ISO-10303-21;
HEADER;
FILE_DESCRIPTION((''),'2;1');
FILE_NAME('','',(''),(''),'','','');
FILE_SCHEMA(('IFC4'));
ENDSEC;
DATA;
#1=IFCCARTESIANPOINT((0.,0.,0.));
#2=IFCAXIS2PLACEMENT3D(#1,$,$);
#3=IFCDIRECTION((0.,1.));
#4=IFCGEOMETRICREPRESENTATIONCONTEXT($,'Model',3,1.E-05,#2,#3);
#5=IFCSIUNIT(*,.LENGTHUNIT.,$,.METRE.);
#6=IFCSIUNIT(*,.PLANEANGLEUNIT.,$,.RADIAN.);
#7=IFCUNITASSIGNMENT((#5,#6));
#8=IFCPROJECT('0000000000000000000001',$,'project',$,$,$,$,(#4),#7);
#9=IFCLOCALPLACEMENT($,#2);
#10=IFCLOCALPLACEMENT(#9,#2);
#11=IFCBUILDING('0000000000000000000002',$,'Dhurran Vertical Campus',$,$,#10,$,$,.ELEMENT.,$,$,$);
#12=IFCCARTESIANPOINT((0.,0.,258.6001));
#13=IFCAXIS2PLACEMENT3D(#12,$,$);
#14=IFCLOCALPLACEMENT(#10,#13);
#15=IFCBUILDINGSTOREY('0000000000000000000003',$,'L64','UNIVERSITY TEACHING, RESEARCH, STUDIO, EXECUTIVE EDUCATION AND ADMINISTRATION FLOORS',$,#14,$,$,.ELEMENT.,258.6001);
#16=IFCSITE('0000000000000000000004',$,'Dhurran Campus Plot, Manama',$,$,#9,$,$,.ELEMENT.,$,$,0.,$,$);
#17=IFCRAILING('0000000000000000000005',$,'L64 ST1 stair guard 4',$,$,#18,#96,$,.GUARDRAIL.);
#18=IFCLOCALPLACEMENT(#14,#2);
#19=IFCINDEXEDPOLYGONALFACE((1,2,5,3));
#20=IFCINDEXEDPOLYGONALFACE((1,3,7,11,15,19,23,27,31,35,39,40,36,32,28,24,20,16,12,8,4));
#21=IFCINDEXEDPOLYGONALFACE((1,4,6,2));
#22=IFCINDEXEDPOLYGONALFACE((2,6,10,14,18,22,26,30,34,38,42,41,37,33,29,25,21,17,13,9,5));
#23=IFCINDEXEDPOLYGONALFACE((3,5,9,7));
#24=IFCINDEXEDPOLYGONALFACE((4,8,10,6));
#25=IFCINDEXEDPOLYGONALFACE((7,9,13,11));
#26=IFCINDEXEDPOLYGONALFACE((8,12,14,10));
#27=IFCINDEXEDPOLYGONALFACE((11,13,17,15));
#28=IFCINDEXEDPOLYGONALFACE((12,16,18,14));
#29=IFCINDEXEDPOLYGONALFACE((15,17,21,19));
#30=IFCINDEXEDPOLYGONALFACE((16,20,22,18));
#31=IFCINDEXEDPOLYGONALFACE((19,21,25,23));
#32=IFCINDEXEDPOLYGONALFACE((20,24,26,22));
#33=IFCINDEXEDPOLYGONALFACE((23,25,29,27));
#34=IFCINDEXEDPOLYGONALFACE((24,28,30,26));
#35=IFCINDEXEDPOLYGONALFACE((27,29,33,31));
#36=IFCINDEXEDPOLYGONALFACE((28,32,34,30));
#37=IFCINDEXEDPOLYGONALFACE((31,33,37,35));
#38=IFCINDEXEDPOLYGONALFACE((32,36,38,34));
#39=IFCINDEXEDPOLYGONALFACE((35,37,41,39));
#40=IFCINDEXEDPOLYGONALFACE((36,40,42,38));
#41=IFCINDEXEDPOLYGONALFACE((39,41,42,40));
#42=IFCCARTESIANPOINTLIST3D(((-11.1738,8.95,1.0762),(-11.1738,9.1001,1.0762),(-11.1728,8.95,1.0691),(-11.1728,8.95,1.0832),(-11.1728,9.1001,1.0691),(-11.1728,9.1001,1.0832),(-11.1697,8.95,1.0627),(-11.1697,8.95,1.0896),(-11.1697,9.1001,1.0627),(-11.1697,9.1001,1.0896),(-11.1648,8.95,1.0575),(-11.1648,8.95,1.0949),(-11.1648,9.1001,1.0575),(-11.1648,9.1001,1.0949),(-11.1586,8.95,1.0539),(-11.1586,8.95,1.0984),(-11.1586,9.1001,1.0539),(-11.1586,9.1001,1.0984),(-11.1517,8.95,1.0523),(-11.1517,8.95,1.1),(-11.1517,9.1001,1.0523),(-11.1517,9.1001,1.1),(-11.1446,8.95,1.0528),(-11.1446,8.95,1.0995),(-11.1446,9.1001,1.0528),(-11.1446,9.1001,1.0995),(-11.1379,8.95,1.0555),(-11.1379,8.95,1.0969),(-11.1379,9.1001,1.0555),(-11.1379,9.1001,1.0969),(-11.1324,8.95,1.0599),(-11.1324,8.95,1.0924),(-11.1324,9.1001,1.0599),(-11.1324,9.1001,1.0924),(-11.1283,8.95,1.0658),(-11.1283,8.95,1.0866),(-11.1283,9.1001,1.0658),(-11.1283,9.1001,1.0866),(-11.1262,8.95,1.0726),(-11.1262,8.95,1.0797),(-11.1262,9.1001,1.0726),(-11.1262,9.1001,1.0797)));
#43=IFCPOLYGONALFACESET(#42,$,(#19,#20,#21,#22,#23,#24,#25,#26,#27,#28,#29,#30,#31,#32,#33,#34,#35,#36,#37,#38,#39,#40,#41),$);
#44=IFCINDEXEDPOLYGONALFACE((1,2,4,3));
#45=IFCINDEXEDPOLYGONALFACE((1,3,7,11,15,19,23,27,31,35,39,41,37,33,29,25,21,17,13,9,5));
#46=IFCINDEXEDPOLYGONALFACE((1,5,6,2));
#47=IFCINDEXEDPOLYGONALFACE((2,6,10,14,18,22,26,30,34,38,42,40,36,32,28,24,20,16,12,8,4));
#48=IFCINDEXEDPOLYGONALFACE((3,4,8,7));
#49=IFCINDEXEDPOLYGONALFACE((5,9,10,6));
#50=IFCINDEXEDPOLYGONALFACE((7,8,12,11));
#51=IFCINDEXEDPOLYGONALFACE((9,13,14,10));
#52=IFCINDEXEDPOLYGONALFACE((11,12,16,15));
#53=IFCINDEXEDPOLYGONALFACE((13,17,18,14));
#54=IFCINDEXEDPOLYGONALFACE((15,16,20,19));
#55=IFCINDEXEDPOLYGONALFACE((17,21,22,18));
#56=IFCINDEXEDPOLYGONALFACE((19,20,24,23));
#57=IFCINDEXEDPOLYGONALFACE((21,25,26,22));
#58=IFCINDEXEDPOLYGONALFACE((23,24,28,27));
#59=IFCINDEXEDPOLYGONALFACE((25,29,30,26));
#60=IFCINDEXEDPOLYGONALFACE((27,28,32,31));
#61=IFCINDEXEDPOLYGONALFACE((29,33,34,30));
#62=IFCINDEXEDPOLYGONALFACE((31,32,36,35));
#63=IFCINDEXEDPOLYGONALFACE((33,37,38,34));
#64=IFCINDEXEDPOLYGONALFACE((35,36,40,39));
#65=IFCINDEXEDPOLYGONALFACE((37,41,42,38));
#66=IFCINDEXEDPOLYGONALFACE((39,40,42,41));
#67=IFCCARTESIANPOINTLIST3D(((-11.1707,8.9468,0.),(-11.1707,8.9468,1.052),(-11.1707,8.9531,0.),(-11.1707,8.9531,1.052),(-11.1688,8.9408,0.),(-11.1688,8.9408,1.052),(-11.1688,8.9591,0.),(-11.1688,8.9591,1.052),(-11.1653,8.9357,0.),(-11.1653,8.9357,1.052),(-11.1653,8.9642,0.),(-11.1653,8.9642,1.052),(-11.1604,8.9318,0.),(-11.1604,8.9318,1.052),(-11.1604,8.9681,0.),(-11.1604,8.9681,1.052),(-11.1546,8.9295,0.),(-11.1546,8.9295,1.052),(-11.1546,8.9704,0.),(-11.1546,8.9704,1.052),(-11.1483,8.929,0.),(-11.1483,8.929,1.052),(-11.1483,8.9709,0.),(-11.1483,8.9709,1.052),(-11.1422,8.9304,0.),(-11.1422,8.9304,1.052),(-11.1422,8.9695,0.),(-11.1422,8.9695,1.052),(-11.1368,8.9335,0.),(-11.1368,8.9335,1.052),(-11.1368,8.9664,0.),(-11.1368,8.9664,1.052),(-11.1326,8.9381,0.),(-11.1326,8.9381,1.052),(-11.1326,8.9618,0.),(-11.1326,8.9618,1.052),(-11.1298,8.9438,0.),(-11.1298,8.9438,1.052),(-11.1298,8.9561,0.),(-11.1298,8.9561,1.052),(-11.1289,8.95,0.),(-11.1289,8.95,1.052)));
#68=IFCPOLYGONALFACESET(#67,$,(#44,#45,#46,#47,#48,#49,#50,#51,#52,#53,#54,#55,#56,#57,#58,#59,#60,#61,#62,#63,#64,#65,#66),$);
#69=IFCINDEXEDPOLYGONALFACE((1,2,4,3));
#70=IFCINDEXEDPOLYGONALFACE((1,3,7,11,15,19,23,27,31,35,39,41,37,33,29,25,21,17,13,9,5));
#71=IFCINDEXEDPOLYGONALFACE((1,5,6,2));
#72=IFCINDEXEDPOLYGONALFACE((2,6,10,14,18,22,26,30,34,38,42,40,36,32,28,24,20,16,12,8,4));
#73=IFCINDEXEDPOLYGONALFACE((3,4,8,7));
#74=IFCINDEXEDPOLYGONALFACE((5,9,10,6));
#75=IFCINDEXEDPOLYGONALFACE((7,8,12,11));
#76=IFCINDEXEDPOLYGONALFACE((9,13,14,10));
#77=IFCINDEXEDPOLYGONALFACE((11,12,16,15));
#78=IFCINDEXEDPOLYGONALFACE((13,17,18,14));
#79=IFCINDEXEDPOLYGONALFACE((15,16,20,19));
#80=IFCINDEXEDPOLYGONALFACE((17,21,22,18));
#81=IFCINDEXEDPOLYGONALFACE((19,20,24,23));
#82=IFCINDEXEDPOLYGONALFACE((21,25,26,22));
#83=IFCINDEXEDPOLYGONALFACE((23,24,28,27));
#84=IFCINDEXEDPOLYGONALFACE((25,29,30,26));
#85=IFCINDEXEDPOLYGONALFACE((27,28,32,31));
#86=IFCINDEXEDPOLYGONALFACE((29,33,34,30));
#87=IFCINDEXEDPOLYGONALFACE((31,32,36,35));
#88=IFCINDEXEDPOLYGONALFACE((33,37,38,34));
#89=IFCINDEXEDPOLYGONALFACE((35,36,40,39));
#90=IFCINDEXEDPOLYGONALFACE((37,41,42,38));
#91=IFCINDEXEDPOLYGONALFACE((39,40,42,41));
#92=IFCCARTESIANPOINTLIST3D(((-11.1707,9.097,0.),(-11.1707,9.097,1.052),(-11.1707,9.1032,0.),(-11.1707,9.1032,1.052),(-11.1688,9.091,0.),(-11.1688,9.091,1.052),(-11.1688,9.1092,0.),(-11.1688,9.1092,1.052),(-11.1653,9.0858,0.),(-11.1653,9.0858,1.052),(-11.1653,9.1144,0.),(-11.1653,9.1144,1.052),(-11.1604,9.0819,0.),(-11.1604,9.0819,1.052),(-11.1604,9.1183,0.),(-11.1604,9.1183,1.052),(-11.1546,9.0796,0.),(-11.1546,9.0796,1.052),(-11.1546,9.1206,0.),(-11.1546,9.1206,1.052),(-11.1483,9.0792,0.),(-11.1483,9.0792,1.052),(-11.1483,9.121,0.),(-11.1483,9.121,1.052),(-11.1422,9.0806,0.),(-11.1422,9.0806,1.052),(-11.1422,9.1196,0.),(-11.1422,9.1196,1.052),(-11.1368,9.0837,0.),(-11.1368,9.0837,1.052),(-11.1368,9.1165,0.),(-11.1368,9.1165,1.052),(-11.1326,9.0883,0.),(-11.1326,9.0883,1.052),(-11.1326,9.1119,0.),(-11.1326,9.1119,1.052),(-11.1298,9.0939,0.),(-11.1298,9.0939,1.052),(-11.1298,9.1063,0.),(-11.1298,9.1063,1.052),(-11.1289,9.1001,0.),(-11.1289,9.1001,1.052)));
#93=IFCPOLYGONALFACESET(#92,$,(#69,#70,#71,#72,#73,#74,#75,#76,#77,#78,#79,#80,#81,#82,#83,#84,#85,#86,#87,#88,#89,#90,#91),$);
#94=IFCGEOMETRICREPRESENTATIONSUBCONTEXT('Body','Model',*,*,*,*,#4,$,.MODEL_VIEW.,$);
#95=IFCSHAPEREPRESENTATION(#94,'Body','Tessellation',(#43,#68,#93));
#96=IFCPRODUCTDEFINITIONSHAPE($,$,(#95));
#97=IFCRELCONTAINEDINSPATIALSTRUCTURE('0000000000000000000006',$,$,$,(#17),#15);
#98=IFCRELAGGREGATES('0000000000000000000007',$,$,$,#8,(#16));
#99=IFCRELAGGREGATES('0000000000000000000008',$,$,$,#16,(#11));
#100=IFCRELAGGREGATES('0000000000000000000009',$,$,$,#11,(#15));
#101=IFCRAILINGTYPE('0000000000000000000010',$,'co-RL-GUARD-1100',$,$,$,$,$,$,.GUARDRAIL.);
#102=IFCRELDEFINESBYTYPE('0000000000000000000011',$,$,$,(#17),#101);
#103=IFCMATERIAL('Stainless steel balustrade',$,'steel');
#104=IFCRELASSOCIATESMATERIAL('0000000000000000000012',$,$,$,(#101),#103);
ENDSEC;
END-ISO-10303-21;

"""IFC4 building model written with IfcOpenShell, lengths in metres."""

from ifc_helpers import new_model, si_unit, direction, frame, origin, origin_2d, place, context, subcontext, project, spatial, circle, extrude, material, type_object, element, save


model = new_model("IFC4")

# Units and contexts
model_context = context("Model", 3, precision=1e-05, world=origin(), true_north=direction((0.0, 1.0)))
body_context = subcontext(model_context, "Body", "Model", "MODEL_VIEW")
ifc_project = project(units=[si_unit("LENGTHUNIT", "METRE"), si_unit("PLANEANGLEUNIT", "RADIAN")], contexts=[model_context])

# Site, building, storey
site_placement = place(None, origin())
site = spatial("IfcSite", under=ifc_project, at=site_placement, Name="Dhurran Campus Plot, Manama", CompositionType="ELEMENT", RefElevation=0.0)
building_placement = place(site_placement, origin())
building = spatial("IfcBuilding", under=site, at=building_placement, Name="Dhurran Vertical Campus", CompositionType="ELEMENT")
storey_placement = place(building_placement, frame((0.0, 0.0, 258.6001)))
storey = spatial("IfcBuildingStorey", under=building, at=storey_placement, Name="L64", Description="UNIVERSITY TEACHING, RESEARCH, STUDIO, EXECUTIVE EDUCATION AND ADMINISTRATION FLOORS", CompositionType="ELEMENT", Elevation=258.6001)

# Railing
ifc_material_1 = material(Name="Stainless steel balustrade", Category="steel")
railing_type_1 = type_object("IfcRailingType", Name="co-RL-GUARD-1100", PredefinedType="GUARDRAIL", material=ifc_material_1)
railing_1_placement = place(storey_placement, frame((-11.1499, 8.95, 0.0)))
element("IfcRailing", 1, at=railing_1_placement, inside=storey, type_object=railing_type_1, Name="L64 ST1 stair guard 4", PredefinedType="GUARDRAIL", context=body_context, shape_type="SweptSolid", body=[
    extrude(circle(Radius=0.0239, at=origin_2d()), frame((0.0, 0.0, 1.0762), z_axis=(0.0, 1.0, 0.0), x_axis=(-1.0, 0.0, 0.0)), (0.0, 0.0, 1.0), 0.1501),
    extrude(circle(Radius=0.021, at=origin_2d()), origin(), (0.0, 0.0, 1.0), 1.052),
    extrude(circle(Radius=0.021, at=origin_2d()), frame((0.0, 0.1501, 0.0)), (0.0, 0.0, 1.0), 1.052),
])

save(model, "model.ifc")
